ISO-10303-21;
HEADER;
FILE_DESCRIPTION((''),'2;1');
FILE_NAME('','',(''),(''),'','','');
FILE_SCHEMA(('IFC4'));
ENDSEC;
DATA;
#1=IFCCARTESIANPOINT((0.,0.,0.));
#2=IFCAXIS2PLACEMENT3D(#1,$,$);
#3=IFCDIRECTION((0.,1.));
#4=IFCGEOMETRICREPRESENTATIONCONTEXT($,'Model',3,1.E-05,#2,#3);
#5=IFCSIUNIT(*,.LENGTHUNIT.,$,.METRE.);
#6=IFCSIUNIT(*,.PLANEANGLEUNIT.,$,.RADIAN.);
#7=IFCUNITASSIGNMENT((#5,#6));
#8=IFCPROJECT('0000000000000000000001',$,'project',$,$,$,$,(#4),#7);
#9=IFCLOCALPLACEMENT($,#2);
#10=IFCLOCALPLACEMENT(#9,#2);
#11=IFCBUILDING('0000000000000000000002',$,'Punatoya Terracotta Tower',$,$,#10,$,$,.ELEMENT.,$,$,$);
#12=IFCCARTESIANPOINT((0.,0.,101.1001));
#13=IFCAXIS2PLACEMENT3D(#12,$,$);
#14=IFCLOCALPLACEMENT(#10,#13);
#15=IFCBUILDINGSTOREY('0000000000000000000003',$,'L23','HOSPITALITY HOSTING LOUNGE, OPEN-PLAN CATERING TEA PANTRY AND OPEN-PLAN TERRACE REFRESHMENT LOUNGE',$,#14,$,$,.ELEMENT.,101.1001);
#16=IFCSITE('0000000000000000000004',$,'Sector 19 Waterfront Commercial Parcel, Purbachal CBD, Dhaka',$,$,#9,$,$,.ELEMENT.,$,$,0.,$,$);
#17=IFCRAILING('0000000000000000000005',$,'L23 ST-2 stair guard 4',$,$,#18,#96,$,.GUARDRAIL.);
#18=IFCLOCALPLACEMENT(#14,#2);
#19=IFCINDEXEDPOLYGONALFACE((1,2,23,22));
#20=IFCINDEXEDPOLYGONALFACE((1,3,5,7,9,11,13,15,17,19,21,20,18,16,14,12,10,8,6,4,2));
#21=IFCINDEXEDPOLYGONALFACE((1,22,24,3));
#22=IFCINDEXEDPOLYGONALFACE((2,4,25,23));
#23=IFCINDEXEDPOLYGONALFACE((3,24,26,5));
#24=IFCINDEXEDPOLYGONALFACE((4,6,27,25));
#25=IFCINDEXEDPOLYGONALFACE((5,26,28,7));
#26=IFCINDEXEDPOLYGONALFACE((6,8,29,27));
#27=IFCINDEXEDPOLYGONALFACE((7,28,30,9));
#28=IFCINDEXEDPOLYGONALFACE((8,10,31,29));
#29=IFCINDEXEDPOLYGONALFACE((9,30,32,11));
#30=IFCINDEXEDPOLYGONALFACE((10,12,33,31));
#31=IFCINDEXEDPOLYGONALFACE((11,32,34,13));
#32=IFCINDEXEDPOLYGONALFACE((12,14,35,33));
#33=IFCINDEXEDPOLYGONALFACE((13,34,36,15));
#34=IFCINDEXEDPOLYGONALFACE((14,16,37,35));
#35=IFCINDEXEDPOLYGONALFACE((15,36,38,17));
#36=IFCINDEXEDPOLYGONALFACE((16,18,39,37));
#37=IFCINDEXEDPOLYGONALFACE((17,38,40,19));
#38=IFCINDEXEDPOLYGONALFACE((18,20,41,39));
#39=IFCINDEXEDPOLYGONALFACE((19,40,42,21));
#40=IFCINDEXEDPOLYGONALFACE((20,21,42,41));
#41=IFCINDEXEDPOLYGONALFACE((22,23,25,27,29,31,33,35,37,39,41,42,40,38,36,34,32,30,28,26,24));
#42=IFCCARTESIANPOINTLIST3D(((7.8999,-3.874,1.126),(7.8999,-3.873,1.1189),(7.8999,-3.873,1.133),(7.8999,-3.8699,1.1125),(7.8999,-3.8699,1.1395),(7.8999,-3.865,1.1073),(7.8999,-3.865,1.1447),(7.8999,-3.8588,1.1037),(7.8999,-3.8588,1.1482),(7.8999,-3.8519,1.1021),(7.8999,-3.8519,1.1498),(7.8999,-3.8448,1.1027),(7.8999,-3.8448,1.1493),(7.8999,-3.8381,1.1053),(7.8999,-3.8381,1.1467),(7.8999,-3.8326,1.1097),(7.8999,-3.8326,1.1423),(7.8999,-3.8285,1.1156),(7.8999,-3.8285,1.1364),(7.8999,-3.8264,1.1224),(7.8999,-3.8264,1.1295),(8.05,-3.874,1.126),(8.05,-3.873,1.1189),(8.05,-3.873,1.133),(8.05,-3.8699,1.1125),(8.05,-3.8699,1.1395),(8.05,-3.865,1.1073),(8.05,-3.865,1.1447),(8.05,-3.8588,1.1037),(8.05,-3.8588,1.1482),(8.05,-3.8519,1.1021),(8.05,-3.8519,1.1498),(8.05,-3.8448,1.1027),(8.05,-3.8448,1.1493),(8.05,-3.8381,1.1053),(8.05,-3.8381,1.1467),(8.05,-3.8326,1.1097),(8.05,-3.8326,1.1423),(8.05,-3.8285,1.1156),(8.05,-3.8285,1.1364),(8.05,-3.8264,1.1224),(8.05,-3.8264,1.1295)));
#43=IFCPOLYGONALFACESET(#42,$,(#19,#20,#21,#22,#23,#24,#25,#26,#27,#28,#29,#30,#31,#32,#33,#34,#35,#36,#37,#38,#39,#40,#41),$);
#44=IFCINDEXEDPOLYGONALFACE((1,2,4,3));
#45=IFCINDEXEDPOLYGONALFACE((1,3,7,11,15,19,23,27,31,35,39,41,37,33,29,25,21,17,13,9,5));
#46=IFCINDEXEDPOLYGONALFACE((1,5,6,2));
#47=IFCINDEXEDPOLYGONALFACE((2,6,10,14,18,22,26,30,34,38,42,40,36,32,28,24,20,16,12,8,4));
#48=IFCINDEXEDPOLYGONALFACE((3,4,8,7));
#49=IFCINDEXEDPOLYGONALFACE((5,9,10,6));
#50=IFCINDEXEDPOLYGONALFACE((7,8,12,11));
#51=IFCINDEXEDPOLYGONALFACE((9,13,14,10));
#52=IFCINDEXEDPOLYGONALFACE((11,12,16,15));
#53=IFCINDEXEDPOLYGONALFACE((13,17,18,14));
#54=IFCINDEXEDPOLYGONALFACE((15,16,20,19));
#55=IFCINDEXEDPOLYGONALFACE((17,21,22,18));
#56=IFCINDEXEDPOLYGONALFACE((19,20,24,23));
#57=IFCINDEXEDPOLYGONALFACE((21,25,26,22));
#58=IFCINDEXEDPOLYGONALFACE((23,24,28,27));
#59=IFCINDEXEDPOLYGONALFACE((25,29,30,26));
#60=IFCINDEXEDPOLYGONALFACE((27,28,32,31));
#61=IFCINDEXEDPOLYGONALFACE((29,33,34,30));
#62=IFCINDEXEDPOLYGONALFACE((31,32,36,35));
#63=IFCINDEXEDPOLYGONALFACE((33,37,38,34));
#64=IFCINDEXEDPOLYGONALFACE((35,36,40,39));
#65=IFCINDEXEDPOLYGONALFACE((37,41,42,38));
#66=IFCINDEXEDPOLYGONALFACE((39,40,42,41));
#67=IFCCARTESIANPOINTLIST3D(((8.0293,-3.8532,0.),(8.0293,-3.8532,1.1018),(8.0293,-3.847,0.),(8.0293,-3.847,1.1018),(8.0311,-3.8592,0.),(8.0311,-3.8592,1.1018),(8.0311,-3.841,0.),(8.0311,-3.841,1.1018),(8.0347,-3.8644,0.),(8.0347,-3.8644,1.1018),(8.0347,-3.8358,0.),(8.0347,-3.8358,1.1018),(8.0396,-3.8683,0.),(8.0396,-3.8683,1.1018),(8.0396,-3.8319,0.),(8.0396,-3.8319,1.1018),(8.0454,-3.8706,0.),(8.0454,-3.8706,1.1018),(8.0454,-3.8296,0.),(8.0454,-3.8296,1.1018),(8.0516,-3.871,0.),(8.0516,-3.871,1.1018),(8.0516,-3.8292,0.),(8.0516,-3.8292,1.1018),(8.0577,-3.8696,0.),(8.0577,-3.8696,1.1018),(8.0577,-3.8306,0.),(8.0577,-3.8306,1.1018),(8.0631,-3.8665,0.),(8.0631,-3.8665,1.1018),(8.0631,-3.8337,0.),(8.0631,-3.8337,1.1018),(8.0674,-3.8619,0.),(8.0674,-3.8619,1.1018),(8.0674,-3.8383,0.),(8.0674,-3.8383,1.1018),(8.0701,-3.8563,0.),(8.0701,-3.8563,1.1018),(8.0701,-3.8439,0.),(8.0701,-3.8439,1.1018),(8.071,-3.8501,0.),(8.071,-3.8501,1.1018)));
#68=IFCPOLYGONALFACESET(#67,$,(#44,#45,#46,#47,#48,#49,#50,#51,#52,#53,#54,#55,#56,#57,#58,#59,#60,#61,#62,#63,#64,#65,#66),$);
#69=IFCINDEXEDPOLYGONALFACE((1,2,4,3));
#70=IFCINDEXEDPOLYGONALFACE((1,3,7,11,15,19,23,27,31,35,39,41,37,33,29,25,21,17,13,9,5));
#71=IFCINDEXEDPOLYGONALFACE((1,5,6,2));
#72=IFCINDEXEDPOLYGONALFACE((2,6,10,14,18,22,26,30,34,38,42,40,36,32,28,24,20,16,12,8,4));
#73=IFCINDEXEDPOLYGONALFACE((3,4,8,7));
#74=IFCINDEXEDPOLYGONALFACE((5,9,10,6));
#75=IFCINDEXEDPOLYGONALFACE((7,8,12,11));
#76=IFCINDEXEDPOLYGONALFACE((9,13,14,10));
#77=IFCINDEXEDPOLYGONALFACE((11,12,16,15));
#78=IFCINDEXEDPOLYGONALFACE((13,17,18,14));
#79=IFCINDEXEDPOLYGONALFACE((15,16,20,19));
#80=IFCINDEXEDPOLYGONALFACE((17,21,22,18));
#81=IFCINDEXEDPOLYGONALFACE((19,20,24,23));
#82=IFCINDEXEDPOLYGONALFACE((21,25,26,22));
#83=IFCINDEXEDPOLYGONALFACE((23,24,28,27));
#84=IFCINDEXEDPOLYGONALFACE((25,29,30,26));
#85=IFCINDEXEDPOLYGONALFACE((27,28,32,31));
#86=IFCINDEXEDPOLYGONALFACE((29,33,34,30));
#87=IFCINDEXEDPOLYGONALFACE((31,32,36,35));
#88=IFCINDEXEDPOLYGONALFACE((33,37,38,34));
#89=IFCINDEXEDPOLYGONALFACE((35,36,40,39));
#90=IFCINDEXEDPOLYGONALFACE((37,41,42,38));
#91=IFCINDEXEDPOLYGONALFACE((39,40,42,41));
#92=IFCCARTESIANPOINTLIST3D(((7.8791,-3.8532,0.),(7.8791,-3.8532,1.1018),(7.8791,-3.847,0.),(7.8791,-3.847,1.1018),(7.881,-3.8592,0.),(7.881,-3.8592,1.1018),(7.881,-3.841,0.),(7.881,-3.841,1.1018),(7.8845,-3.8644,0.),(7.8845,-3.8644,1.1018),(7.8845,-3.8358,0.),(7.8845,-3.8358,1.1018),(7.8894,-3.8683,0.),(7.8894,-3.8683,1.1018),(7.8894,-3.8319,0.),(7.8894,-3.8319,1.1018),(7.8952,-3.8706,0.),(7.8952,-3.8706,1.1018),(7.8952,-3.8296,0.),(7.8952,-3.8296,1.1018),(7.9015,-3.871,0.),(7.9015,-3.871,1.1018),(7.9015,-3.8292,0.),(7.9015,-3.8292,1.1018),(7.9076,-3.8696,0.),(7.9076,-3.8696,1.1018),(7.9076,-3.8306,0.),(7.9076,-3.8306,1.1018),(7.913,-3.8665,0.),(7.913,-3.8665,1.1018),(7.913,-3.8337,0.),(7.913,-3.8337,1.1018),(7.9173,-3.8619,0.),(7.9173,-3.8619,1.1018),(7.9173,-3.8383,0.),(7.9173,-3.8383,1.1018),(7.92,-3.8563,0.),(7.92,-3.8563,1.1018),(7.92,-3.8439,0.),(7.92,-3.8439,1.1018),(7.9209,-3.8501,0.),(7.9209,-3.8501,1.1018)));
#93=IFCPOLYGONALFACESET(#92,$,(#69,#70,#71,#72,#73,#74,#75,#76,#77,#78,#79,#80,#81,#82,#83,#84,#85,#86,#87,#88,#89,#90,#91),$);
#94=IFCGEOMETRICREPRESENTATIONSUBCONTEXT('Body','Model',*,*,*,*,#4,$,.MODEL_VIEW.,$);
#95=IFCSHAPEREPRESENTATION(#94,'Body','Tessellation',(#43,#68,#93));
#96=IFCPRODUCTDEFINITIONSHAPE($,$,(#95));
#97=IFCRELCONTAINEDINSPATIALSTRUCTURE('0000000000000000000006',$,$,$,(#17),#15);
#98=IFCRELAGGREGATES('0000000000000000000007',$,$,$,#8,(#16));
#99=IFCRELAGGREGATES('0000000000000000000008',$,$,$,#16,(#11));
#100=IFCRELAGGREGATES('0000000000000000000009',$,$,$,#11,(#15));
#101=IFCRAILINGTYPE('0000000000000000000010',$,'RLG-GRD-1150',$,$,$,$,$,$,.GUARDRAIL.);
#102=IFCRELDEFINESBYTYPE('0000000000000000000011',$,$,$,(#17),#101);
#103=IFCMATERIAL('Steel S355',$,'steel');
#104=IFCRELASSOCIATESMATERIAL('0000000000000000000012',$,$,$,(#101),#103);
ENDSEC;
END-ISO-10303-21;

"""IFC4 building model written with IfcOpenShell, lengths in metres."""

from ifc_helpers import new_model, si_unit, direction, frame, origin, origin_2d, place, context, subcontext, project, spatial, circle, extrude, material, type_object, element, save


model = new_model("IFC4")

# Units and contexts
model_context = context("Model", 3, precision=1e-05, world=origin(), true_north=direction((0.0, 1.0)))
body_context = subcontext(model_context, "Body", "Model", "MODEL_VIEW")
ifc_project = project(units=[si_unit("LENGTHUNIT", "METRE"), si_unit("PLANEANGLEUNIT", "RADIAN")], contexts=[model_context])

# Site, building, storey
site_placement = place(None, origin())
site = spatial("IfcSite", under=ifc_project, at=site_placement, Name="Sector 19 Waterfront Commercial Parcel, Purbachal CBD, Dhaka", CompositionType="ELEMENT", RefElevation=0.0)
building_placement = place(site_placement, origin())
building = spatial("IfcBuilding", under=site, at=building_placement, Name="Punatoya Terracotta Tower", CompositionType="ELEMENT")
storey_placement = place(building_placement, frame((0.0, 0.0, 101.1001)))
storey = spatial("IfcBuildingStorey", under=building, at=storey_placement, Name="L23", Description="HOSPITALITY HOSTING LOUNGE, OPEN-PLAN CATERING TEA PANTRY AND OPEN-PLAN TERRACE REFRESHMENT LOUNGE", CompositionType="ELEMENT", Elevation=101.1001)

# Shared definitions
ifc_material_1 = material(Name="Steel S355", Category="steel")

# Railing
railing_type_1 = type_object("IfcRailingType", Name="RLG-GRD-1150", PredefinedType="GUARDRAIL", material=ifc_material_1)
railing_1_placement = place(storey_placement, frame((8.05, -3.8501, 0.0)))
element("IfcRailing", 1, at=railing_1_placement, inside=storey, type_object=railing_type_1, Name="L23 ST-2 stair guard 4", PredefinedType="GUARDRAIL", context=body_context, shape_type="SweptSolid", body=[
    extrude(circle(Radius=0.0239, at=origin_2d()), frame((0.0, 0.0, 1.126), z_axis=(-1.0, 0.0, 0.0), x_axis=(0.0, -1.0, 0.0)), (0.0, 0.0, 1.0), 0.1501),
    extrude(circle(Radius=0.021, at=origin_2d()), origin(), (0.0, 0.0, 1.0), 1.1018),
    extrude(circle(Radius=0.021, at=origin_2d()), frame((-0.1501, 0.0, 0.0)), (0.0, 0.0, 1.0), 1.1018),
])

save(model, "model.ifc")
